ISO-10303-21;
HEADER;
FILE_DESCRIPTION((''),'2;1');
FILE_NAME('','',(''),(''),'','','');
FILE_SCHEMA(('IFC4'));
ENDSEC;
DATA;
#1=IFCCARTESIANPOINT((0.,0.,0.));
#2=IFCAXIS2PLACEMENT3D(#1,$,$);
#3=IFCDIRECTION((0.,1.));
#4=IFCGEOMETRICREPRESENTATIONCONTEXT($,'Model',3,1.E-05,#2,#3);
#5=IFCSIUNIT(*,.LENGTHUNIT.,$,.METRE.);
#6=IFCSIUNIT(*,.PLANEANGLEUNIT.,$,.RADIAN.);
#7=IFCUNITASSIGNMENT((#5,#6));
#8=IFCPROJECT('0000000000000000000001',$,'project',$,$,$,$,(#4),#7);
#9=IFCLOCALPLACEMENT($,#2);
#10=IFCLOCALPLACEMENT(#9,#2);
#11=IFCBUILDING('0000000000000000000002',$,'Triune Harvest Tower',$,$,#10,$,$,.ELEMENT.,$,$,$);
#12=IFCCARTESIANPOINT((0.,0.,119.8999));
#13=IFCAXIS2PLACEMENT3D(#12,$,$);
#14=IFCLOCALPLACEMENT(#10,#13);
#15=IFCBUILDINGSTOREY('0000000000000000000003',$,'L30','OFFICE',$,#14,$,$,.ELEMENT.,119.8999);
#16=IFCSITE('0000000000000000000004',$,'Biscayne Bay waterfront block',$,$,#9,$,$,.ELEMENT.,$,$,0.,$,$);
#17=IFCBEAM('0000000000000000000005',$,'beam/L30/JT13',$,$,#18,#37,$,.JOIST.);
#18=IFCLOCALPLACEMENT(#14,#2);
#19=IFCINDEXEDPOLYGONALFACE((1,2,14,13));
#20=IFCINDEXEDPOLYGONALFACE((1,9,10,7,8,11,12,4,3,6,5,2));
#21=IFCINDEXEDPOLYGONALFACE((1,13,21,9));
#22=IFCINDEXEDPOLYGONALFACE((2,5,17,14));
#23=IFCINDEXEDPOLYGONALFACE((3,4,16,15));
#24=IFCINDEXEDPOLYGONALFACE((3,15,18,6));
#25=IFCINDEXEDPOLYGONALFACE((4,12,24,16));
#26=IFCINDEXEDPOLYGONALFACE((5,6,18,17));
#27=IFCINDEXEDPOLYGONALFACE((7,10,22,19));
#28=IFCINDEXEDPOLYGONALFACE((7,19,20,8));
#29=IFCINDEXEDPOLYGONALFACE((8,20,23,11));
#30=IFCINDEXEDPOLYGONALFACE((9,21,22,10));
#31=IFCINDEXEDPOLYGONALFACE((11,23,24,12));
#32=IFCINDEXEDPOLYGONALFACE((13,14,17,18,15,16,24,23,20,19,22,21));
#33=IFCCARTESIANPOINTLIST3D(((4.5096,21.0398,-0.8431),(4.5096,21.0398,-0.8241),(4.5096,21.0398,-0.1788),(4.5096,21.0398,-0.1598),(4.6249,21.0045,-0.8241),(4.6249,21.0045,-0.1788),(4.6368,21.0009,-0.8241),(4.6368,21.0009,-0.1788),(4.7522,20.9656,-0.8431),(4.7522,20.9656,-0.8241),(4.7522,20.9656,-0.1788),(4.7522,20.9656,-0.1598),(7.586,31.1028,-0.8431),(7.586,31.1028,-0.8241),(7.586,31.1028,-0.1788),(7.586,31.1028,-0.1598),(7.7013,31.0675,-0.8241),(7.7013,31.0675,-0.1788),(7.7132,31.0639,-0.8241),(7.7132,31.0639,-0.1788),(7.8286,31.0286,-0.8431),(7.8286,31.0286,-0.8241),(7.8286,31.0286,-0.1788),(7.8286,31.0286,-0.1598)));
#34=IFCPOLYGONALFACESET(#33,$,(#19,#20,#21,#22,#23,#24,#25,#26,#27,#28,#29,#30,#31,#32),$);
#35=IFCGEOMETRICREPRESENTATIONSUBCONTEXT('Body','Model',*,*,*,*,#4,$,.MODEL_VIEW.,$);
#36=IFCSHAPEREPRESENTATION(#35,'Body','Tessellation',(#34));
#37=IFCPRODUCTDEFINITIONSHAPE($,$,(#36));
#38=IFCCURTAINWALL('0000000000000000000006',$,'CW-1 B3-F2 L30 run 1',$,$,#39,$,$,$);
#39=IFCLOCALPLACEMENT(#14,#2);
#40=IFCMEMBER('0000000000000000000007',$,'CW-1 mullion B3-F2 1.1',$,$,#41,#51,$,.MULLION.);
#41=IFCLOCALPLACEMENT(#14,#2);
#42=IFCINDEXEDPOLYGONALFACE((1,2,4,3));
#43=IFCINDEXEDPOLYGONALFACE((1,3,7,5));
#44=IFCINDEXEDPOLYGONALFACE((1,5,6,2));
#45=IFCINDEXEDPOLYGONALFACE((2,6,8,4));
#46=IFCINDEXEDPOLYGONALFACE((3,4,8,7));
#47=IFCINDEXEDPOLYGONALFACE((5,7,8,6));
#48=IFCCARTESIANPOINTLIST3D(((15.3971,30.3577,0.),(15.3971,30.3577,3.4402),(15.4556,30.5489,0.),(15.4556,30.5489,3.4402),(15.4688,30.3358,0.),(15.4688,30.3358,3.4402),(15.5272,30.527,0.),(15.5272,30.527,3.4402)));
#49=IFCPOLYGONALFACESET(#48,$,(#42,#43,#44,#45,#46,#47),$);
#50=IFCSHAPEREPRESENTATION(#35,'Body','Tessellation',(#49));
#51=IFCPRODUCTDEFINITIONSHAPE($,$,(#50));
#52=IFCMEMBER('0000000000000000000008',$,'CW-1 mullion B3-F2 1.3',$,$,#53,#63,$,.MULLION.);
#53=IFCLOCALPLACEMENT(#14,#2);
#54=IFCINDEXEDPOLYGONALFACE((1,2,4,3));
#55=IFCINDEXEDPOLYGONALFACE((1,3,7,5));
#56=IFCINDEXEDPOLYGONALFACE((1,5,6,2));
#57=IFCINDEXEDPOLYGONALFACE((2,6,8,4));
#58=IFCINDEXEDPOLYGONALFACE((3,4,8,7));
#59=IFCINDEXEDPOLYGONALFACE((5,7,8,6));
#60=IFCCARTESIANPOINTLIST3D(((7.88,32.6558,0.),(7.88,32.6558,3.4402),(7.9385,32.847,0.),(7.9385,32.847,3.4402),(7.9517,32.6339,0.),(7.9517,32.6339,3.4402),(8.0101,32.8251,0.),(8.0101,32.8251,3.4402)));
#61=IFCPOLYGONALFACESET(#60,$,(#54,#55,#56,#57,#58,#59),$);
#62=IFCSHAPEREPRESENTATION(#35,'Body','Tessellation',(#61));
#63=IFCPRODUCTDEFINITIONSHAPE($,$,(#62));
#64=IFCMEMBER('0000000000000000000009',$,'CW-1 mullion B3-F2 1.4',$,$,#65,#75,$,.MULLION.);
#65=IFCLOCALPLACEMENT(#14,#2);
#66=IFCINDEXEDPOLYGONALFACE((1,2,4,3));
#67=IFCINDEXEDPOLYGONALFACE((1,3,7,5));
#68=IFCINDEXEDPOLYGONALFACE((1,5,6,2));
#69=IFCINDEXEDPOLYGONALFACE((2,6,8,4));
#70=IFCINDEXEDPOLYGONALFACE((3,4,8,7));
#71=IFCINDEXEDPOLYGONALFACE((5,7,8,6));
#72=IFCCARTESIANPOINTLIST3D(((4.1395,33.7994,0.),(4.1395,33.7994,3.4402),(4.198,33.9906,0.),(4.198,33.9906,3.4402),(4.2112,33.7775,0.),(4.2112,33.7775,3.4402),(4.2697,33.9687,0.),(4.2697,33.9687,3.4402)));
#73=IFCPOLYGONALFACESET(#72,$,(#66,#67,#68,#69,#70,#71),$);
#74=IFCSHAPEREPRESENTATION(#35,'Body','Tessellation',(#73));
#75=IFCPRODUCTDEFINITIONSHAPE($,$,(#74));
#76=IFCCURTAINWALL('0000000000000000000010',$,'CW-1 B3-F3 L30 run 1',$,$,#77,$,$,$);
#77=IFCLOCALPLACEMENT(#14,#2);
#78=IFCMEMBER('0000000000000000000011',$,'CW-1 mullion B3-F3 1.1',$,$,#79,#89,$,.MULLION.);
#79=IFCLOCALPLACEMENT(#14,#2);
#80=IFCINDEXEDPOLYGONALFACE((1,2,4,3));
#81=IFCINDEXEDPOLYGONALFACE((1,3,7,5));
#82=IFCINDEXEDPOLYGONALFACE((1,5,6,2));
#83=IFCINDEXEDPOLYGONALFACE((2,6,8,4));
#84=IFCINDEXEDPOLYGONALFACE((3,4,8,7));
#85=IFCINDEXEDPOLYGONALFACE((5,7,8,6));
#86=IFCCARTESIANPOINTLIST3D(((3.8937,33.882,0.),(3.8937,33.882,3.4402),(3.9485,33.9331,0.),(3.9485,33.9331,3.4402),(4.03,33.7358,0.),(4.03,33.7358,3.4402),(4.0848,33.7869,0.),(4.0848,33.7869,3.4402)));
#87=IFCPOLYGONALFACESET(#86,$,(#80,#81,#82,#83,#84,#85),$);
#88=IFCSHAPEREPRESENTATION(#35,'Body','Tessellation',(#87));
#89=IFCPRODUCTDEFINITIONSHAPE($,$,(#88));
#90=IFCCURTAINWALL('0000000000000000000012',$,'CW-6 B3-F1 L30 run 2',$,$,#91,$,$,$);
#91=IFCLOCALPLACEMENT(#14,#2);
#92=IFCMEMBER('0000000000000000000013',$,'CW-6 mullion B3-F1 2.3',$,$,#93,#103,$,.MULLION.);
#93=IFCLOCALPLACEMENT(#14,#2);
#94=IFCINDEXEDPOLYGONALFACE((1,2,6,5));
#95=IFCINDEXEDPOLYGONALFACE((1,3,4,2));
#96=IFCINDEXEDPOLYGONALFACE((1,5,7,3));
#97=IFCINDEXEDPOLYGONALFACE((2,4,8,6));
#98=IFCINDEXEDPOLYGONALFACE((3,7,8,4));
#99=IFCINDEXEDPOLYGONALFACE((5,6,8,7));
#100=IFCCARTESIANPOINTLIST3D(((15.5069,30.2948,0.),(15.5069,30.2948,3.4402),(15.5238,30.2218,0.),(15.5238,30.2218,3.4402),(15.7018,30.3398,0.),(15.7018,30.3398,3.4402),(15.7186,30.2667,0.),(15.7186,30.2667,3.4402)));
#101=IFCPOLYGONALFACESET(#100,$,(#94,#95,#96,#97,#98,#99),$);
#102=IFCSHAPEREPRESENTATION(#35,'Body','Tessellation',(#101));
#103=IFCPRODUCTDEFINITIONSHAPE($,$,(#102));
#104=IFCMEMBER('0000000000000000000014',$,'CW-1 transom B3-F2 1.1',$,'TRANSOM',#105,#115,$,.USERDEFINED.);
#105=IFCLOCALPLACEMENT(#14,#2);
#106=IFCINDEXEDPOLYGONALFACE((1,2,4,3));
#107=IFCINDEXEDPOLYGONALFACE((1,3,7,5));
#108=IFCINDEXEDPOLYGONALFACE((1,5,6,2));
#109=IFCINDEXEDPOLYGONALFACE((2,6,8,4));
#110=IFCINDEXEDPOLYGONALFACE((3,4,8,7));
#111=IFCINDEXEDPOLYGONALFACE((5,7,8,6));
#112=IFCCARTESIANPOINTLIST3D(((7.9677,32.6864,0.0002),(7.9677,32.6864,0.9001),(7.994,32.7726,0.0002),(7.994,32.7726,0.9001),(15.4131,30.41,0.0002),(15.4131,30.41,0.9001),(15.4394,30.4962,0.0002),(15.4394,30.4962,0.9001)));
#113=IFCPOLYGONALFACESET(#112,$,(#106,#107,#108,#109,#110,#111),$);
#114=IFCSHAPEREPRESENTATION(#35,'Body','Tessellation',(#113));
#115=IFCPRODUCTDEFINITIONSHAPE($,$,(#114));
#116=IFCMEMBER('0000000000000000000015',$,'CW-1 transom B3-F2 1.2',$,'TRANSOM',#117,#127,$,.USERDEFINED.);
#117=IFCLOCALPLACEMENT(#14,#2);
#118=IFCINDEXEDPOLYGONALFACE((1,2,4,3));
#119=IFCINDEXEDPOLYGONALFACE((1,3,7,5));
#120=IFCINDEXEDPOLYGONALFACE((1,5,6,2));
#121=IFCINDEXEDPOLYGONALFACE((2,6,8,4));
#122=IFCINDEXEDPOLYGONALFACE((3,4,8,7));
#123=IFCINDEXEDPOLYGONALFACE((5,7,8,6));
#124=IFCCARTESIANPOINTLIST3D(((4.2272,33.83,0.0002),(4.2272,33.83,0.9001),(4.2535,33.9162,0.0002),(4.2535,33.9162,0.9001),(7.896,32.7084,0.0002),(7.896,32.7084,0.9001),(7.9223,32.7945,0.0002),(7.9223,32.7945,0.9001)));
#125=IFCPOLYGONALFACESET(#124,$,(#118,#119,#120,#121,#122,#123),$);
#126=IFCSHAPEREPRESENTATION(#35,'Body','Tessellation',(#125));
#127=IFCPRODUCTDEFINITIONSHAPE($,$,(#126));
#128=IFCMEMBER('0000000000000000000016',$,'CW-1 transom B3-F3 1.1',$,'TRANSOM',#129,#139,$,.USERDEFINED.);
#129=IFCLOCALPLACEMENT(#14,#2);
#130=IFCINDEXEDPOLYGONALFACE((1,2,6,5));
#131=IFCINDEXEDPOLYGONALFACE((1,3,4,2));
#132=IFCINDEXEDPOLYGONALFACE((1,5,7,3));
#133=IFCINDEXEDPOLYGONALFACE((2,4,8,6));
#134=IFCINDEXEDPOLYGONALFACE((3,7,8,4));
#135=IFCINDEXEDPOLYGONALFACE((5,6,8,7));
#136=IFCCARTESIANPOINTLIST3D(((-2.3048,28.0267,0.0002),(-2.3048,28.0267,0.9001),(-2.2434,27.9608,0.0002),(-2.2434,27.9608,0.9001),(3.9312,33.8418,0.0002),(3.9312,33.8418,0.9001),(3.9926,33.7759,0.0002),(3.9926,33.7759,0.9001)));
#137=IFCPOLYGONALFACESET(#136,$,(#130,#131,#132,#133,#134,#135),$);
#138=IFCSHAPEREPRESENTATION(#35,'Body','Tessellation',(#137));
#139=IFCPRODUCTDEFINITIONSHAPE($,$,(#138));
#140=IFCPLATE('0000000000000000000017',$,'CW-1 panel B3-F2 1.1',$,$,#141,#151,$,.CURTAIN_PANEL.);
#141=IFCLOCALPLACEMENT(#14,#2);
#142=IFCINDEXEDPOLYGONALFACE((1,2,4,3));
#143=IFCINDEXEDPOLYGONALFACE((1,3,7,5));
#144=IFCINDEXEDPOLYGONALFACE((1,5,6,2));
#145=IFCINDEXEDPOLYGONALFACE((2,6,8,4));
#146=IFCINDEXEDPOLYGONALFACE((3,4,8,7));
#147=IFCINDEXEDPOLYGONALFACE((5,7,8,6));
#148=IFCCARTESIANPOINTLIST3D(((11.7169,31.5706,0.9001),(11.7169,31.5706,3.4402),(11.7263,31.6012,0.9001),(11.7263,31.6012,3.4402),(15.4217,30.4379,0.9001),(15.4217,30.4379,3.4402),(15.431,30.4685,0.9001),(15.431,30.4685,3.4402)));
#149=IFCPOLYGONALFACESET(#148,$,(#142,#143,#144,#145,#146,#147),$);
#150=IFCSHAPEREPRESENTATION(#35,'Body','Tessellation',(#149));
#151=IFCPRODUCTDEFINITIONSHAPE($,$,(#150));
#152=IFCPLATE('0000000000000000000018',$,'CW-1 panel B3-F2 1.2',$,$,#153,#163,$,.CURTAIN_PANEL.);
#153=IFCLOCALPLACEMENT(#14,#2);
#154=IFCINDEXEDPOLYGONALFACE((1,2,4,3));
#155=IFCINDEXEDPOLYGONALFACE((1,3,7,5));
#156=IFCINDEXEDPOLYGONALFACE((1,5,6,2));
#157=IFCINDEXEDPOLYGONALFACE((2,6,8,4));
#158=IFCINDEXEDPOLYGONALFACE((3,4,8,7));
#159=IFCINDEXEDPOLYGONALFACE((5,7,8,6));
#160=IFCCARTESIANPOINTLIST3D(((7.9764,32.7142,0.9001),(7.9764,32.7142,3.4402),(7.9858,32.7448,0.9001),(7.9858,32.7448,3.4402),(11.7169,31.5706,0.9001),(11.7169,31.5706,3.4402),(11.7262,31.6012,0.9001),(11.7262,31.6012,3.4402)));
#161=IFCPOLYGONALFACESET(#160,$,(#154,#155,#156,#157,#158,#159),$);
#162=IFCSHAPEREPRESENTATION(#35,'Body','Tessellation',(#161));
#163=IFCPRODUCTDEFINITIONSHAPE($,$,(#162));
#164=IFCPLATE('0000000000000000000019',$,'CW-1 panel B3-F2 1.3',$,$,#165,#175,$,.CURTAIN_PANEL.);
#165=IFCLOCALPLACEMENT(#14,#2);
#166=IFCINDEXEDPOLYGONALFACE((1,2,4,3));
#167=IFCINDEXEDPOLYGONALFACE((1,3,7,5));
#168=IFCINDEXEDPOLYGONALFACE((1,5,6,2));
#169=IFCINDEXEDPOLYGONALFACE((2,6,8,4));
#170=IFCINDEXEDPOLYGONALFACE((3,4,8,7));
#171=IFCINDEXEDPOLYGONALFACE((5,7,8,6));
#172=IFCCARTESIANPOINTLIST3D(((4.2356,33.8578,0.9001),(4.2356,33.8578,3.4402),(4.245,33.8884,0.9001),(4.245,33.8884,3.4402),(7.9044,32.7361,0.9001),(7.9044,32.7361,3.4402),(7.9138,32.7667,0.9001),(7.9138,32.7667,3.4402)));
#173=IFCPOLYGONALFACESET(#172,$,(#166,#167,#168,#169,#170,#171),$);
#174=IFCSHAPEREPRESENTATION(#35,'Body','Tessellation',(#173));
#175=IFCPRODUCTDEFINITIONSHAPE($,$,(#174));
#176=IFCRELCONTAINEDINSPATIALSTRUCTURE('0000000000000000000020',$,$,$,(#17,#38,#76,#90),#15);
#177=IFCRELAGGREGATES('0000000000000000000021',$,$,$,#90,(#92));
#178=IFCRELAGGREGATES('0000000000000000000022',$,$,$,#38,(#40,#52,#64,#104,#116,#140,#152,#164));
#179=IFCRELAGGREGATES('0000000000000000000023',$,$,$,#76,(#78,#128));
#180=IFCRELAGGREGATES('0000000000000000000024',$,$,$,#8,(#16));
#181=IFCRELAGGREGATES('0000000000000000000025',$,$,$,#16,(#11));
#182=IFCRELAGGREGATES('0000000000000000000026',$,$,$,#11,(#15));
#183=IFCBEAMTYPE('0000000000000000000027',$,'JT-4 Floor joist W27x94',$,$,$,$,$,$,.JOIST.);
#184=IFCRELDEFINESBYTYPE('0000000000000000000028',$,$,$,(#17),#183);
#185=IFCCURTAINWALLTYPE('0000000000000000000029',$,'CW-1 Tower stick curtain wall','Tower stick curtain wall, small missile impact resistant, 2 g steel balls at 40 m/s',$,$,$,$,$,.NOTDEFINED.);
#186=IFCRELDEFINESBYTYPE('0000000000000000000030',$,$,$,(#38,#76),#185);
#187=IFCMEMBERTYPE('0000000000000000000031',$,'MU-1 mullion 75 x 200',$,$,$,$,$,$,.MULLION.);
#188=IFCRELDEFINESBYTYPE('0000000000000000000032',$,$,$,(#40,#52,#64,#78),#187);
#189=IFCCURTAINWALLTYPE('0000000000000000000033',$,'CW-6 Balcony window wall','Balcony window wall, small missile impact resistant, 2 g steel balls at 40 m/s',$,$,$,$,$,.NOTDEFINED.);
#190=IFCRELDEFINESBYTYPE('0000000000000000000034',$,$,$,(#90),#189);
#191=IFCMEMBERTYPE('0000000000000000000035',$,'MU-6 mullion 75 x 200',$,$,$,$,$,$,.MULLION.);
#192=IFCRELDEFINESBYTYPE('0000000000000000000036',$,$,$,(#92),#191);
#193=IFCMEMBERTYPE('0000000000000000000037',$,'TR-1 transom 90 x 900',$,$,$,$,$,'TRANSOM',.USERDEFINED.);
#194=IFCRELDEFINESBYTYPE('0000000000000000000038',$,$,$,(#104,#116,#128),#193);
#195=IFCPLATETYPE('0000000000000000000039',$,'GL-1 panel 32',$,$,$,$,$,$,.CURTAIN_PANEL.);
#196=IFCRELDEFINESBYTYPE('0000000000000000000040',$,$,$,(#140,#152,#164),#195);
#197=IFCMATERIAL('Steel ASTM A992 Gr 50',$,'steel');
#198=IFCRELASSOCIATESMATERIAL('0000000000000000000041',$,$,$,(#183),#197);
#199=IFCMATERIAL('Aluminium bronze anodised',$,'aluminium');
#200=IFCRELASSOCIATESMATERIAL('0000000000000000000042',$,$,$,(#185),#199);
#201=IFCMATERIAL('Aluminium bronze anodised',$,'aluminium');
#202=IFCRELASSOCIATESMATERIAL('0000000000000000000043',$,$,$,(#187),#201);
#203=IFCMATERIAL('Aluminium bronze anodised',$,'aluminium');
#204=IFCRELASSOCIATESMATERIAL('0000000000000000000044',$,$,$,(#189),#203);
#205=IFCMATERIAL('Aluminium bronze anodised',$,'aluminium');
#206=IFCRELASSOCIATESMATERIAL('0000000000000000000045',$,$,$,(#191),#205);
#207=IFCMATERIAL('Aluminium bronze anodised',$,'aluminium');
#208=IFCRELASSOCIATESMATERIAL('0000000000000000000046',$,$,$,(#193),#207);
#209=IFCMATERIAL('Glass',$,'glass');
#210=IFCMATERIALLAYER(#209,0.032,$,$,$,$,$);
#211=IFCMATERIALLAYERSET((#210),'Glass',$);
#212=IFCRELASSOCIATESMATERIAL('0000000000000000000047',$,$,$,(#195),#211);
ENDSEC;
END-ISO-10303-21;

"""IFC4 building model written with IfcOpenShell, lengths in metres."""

from ifc_helpers import new_model, si_unit, direction, frame, origin, origin_2d, place, context, subcontext, project, spatial, rectangle, i_section, extrude, source, transform, mapped, material, layer, layer_set, material_profile, profile_set, type_object, element, aggregate, save


model = new_model("IFC4")

# Units and contexts
model_context = context("Model", 3, precision=1e-05, world=origin(), true_north=direction((0.0, 1.0)))
body_context = subcontext(model_context, "Body", "Model", "MODEL_VIEW")
ifc_project = project(units=[si_unit("LENGTHUNIT", "METRE"), si_unit("PLANEANGLEUNIT", "RADIAN")], contexts=[model_context])

# Site, building, storey
site_placement = place(None, origin())
site = spatial("IfcSite", under=ifc_project, at=site_placement, Name="Biscayne Bay waterfront block", CompositionType="ELEMENT", RefElevation=0.0)
building_placement = place(site_placement, origin())
building = spatial("IfcBuilding", under=site, at=building_placement, Name="Triune Harvest Tower", CompositionType="ELEMENT")
storey_placement = place(building_placement, frame((0.0, 0.0, 119.8999)))
storey = spatial("IfcBuildingStorey", under=building, at=storey_placement, Name="L30", Description="OFFICE", CompositionType="ELEMENT", Elevation=119.8999)

# Beam
ifc_material_1 = material(Name="Steel ASTM A992 Gr 50", Category="steel")
ifc_material_profile_1 = material_profile(ifc_material_1, i_section(OverallWidth=0.2537, OverallDepth=0.6833, WebThickness=0.0125, FlangeThickness=0.019, at=origin_2d()), Name="W27x94")
ifc_profile_set_1 = profile_set([ifc_material_profile_1], Name="Steel ASTM A992 Gr 50")
beam_type_1 = type_object("IfcBeamType", Name="JT-4 Floor joist W27x94", PredefinedType="JOIST", material=ifc_profile_set_1)
shared_shape_1 = source(origin(), body_context, "Body", "SweptSolid", [
    extrude(i_section(OverallWidth=0.2537, OverallDepth=0.6833, WebThickness=0.0125, FlangeThickness=0.019, at=origin_2d()), origin(), (0.0, 0.0, 1.0), 10.5227),
])
beam_1_placement = place(storey_placement, frame((7.7073, 31.0657, -0.5015), z_axis=(-0.292359, -0.956309, 0.0), x_axis=(0.956309, -0.292359, 0.0)))
element("IfcBeam", 1, at=beam_1_placement, inside=storey, type_object=beam_type_1, Name="beam/L30/JT13", PredefinedType="JOIST", context=body_context, shape_type="MappedRepresentation", body=[
    mapped(shared_shape_1, transform((0.0, 0.0, 0.0), scale=1.0)),
])

# Curtain wall, members
ifc_material_2 = material(Name="Aluminium bronze anodised", Category="aluminium")
curtain_wall_type_1 = type_object("IfcCurtainWallType", Name="CW-1 Tower stick curtain wall", Description="Tower stick curtain wall, small missile impact resistant, 2 g steel balls at 40 m/s", PredefinedType="NOTDEFINED", material=ifc_material_2)
curtain_wall_1_placement = place(storey_placement, origin())
curtain_wall_1 = element("IfcCurtainWall", 2, at=curtain_wall_1_placement, inside=storey, type_object=curtain_wall_type_1, Name="CW-1 B3-F2 L30 run 1")
ifc_material_3 = material(Name="Aluminium bronze anodised", Category="aluminium")
ifc_material_profile_2 = material_profile(ifc_material_3, rectangle(XDim=0.2, YDim=0.075, at=origin_2d()), Name="MU-1 mullion 75 x 200")
ifc_profile_set_2 = profile_set([ifc_material_profile_2], Name="Aluminium bronze anodised")
member_type_1 = type_object("IfcMemberType", Name="MU-1 mullion 75 x 200", PredefinedType="MULLION", material=ifc_profile_set_2)
shared_shape_2 = source(origin(), body_context, "Body", "SweptSolid", [
    extrude(rectangle(XDim=0.2, YDim=0.075, at=origin_2d()), origin(), (0.0, 0.0, 1.0), 3.4402),
])
member_1_placement = place(storey_placement, frame((15.4622, 30.4424, 0.0), z_axis=(0.0, 0.0, 1.0), x_axis=(-0.292377, -0.956303, 0.0)))
member_1 = element("IfcMember", 3, at=member_1_placement, type_object=member_type_1, Name="CW-1 mullion B3-F2 1.1", PredefinedType="MULLION", context=body_context, shape_type="MappedRepresentation", body=[
    mapped(shared_shape_2, transform((0.0, 0.0, 0.0), scale=1.0)),
])
member_2_placement = place(storey_placement, frame((7.9451, 32.7405, 0.0), z_axis=(0.0, 0.0, 1.0), x_axis=(-0.292377, -0.956303, 0.0)))
member_2 = element("IfcMember", 4, at=member_2_placement, type_object=member_type_1, Name="CW-1 mullion B3-F2 1.3", PredefinedType="MULLION", context=body_context, shape_type="MappedRepresentation", body=[
    mapped(shared_shape_2, transform((0.0, 0.0, 0.0), scale=1.0)),
])
member_3_placement = place(storey_placement, frame((4.2046, 33.884, 0.0), z_axis=(0.0, 0.0, 1.0), x_axis=(-0.292377, -0.956303, 0.0)))
member_3 = element("IfcMember", 5, at=member_3_placement, type_object=member_type_1, Name="CW-1 mullion B3-F2 1.4", PredefinedType="MULLION", context=body_context, shape_type="MappedRepresentation", body=[
    mapped(shared_shape_2, transform((0.0, 0.0, 0.0), scale=1.0)),
])

# Curtain walls, members
curtain_wall_2_placement = place(storey_placement, origin())
curtain_wall_2 = element("IfcCurtainWall", 6, at=curtain_wall_2_placement, inside=storey, type_object=curtain_wall_type_1, Name="CW-1 B3-F3 L30 run 1")
member_4_placement = place(storey_placement, frame((3.9893, 33.8345, 0.0), z_axis=(0.0, 0.0, 1.0), x_axis=(0.681998, -0.731354, 0.0)))
member_4 = element("IfcMember", 7, at=member_4_placement, type_object=member_type_1, Name="CW-1 mullion B3-F3 1.1", PredefinedType="MULLION", context=body_context, shape_type="MappedRepresentation", body=[
    mapped(shared_shape_2, transform((0.0, 0.0, 0.0), scale=1.0)),
])
ifc_material_4 = material(Name="Aluminium bronze anodised", Category="aluminium")
curtain_wall_type_2 = type_object("IfcCurtainWallType", Name="CW-6 Balcony window wall", Description="Balcony window wall, small missile impact resistant, 2 g steel balls at 40 m/s", PredefinedType="NOTDEFINED", material=ifc_material_4)
curtain_wall_3_placement = place(storey_placement, origin())
curtain_wall_3 = element("IfcCurtainWall", 8, at=curtain_wall_3_placement, inside=storey, type_object=curtain_wall_type_2, Name="CW-6 B3-F1 L30 run 2")
ifc_material_5 = material(Name="Aluminium bronze anodised", Category="aluminium")
ifc_material_profile_3 = material_profile(ifc_material_5, rectangle(XDim=0.2, YDim=0.075, at=origin_2d()), Name="MU-6 mullion 75 x 200")
ifc_profile_set_3 = profile_set([ifc_material_profile_3], Name="Aluminium bronze anodised")
member_type_2 = type_object("IfcMemberType", Name="MU-6 mullion 75 x 200", PredefinedType="MULLION", material=ifc_profile_set_3)
shared_shape_3 = source(origin(), body_context, "Body", "SweptSolid", [
    extrude(rectangle(XDim=0.2, YDim=0.075, at=origin_2d()), origin(), (0.0, 0.0, 1.0), 3.4402),
])
member_5_placement = place(storey_placement, frame((15.6128, 30.2808, 0.0), z_axis=(0.0, 0.0, 1.0), x_axis=(-0.97437, -0.224951, 0.0)))
member_5 = element("IfcMember", 9, at=member_5_placement, type_object=member_type_2, Name="CW-6 mullion B3-F1 2.3", PredefinedType="MULLION", context=body_context, shape_type="MappedRepresentation", body=[
    mapped(shared_shape_3, transform((0.0, 0.0, 0.0), scale=1.0)),
])
aggregate(curtain_wall_3, [member_5])

# Members
ifc_material_6 = material(Name="Aluminium bronze anodised", Category="aluminium")
ifc_material_profile_4 = material_profile(ifc_material_6, rectangle(XDim=0.0901, YDim=0.8999, at=origin_2d()), Name="TR-1 transom 90 x 900")
ifc_profile_set_4 = profile_set([ifc_material_profile_4], Name="Aluminium bronze anodised")
member_type_3 = type_object("IfcMemberType", Name="TR-1 transom 90 x 900", ElementType="TRANSOM", PredefinedType="USERDEFINED", material=ifc_profile_set_4)
shared_shape_4 = source(origin(), body_context, "Body", "SweptSolid", [
    extrude(rectangle(XDim=0.0901, YDim=0.8999, at=origin_2d()), origin(), (0.0, 0.0, 1.0), 7.7856),
])
member_6_placement = place(storey_placement, frame((15.4263, 30.4531, 0.4502), z_axis=(-0.956301, 0.292384, 0.0), x_axis=(-0.292384, -0.956301, 0.0)))
member_6 = element("IfcMember", 10, at=member_6_placement, type_object=member_type_3, Name="CW-1 transom B3-F2 1.1", ObjectType="TRANSOM", PredefinedType="USERDEFINED", context=body_context, shape_type="MappedRepresentation", body=[
    mapped(shared_shape_4, transform((0.0, 0.0, 0.0), scale=1.0)),
])
shared_shape_5 = source(origin(), body_context, "Body", "SweptSolid", [
    extrude(rectangle(XDim=0.0901, YDim=0.8999, at=origin_2d()), origin(), (0.0, 0.0, 1.0), 3.8364),
])
member_7_placement = place(storey_placement, frame((7.9092, 32.7515, 0.4502), z_axis=(-0.956309, 0.292359, 0.0), x_axis=(-0.292359, -0.956309, 0.0)))
member_7 = element("IfcMember", 11, at=member_7_placement, type_object=member_type_3, Name="CW-1 transom B3-F2 1.2", ObjectType="TRANSOM", PredefinedType="USERDEFINED", context=body_context, shape_type="MappedRepresentation", body=[
    mapped(shared_shape_5, transform((0.0, 0.0, 0.0), scale=1.0)),
])
shared_shape_6 = source(origin(), body_context, "Body", "SweptSolid", [
    extrude(rectangle(XDim=0.0901, YDim=0.8999, at=origin_2d()), origin(), (0.0, 0.0, 1.0), 8.5266),
])
member_8_placement = place(storey_placement, frame((3.9619, 33.8088, 0.4502), z_axis=(-0.731357, -0.681995, 0.0), x_axis=(0.681995, -0.731357, 0.0)))
member_8 = element("IfcMember", 12, at=member_8_placement, type_object=member_type_3, Name="CW-1 transom B3-F3 1.1", ObjectType="TRANSOM", PredefinedType="USERDEFINED", context=body_context, shape_type="MappedRepresentation", body=[
    mapped(shared_shape_6, transform((0.0, 0.0, 0.0), scale=1.0)),
])

# Plates
ifc_material_7 = material(Name="Glass", Category="glass")
ifc_layer_1 = layer(ifc_material_7, 0.032)
ifc_layer_set_1 = layer_set([ifc_layer_1], Name="Glass")
plate_type = type_object("IfcPlateType", Name="GL-1 panel 32", PredefinedType="CURTAIN_PANEL", material=ifc_layer_set_1)
shared_shape_7 = source(origin(), body_context, "Body", "SweptSolid", [
    extrude(rectangle(XDim=3.874, YDim=0.032, at=origin_2d()), origin(), (0.0, 0.0, 1.0), 2.54),
])
plate_1_placement = place(storey_placement, frame((13.574, 31.0195, 0.9001), z_axis=(0.0, 0.0, 1.0), x_axis=(-0.956303, 0.292377, 0.0)))
plate_1 = element("IfcPlate", 13, at=plate_1_placement, type_object=plate_type, Name="CW-1 panel B3-F2 1.1", PredefinedType="CURTAIN_PANEL", context=body_context, shape_type="MappedRepresentation", body=[
    mapped(shared_shape_7, transform((0.0, 0.0, 0.0), scale=1.0)),
])
shared_shape_8 = source(origin(), body_context, "Body", "SweptSolid", [
    extrude(rectangle(XDim=3.9114, YDim=0.032, at=origin_2d()), origin(), (0.0, 0.0, 1.0), 2.54),
])
plate_2_placement = place(storey_placement, frame((9.8513, 32.1577, 0.9001), z_axis=(0.0, 0.0, 1.0), x_axis=(-0.956303, 0.292377, 0.0)))
plate_2 = element("IfcPlate", 14, at=plate_2_placement, type_object=plate_type, Name="CW-1 panel B3-F2 1.2", PredefinedType="CURTAIN_PANEL", context=body_context, shape_type="MappedRepresentation", body=[
    mapped(shared_shape_8, transform((0.0, 0.0, 0.0), scale=1.0)),
])
shared_shape_9 = source(origin(), body_context, "Body", "SweptSolid", [
    extrude(rectangle(XDim=3.8364, YDim=0.032, at=origin_2d()), origin(), (0.0, 0.0, 1.0), 2.54),
])
plate_3_placement = place(storey_placement, frame((6.0747, 33.3123, 0.9001), z_axis=(0.0, 0.0, 1.0), x_axis=(-0.956303, 0.292377, 0.0)))
plate_3 = element("IfcPlate", 15, at=plate_3_placement, type_object=plate_type, Name="CW-1 panel B3-F2 1.3", PredefinedType="CURTAIN_PANEL", context=body_context, shape_type="MappedRepresentation", body=[
    mapped(shared_shape_9, transform((0.0, 0.0, 0.0), scale=1.0)),
])
aggregate(curtain_wall_1, [member_1, member_2, member_3, member_6, member_7, plate_1, plate_2, plate_3])
aggregate(curtain_wall_2, [member_4, member_8])

save(model, "model.ifc")
